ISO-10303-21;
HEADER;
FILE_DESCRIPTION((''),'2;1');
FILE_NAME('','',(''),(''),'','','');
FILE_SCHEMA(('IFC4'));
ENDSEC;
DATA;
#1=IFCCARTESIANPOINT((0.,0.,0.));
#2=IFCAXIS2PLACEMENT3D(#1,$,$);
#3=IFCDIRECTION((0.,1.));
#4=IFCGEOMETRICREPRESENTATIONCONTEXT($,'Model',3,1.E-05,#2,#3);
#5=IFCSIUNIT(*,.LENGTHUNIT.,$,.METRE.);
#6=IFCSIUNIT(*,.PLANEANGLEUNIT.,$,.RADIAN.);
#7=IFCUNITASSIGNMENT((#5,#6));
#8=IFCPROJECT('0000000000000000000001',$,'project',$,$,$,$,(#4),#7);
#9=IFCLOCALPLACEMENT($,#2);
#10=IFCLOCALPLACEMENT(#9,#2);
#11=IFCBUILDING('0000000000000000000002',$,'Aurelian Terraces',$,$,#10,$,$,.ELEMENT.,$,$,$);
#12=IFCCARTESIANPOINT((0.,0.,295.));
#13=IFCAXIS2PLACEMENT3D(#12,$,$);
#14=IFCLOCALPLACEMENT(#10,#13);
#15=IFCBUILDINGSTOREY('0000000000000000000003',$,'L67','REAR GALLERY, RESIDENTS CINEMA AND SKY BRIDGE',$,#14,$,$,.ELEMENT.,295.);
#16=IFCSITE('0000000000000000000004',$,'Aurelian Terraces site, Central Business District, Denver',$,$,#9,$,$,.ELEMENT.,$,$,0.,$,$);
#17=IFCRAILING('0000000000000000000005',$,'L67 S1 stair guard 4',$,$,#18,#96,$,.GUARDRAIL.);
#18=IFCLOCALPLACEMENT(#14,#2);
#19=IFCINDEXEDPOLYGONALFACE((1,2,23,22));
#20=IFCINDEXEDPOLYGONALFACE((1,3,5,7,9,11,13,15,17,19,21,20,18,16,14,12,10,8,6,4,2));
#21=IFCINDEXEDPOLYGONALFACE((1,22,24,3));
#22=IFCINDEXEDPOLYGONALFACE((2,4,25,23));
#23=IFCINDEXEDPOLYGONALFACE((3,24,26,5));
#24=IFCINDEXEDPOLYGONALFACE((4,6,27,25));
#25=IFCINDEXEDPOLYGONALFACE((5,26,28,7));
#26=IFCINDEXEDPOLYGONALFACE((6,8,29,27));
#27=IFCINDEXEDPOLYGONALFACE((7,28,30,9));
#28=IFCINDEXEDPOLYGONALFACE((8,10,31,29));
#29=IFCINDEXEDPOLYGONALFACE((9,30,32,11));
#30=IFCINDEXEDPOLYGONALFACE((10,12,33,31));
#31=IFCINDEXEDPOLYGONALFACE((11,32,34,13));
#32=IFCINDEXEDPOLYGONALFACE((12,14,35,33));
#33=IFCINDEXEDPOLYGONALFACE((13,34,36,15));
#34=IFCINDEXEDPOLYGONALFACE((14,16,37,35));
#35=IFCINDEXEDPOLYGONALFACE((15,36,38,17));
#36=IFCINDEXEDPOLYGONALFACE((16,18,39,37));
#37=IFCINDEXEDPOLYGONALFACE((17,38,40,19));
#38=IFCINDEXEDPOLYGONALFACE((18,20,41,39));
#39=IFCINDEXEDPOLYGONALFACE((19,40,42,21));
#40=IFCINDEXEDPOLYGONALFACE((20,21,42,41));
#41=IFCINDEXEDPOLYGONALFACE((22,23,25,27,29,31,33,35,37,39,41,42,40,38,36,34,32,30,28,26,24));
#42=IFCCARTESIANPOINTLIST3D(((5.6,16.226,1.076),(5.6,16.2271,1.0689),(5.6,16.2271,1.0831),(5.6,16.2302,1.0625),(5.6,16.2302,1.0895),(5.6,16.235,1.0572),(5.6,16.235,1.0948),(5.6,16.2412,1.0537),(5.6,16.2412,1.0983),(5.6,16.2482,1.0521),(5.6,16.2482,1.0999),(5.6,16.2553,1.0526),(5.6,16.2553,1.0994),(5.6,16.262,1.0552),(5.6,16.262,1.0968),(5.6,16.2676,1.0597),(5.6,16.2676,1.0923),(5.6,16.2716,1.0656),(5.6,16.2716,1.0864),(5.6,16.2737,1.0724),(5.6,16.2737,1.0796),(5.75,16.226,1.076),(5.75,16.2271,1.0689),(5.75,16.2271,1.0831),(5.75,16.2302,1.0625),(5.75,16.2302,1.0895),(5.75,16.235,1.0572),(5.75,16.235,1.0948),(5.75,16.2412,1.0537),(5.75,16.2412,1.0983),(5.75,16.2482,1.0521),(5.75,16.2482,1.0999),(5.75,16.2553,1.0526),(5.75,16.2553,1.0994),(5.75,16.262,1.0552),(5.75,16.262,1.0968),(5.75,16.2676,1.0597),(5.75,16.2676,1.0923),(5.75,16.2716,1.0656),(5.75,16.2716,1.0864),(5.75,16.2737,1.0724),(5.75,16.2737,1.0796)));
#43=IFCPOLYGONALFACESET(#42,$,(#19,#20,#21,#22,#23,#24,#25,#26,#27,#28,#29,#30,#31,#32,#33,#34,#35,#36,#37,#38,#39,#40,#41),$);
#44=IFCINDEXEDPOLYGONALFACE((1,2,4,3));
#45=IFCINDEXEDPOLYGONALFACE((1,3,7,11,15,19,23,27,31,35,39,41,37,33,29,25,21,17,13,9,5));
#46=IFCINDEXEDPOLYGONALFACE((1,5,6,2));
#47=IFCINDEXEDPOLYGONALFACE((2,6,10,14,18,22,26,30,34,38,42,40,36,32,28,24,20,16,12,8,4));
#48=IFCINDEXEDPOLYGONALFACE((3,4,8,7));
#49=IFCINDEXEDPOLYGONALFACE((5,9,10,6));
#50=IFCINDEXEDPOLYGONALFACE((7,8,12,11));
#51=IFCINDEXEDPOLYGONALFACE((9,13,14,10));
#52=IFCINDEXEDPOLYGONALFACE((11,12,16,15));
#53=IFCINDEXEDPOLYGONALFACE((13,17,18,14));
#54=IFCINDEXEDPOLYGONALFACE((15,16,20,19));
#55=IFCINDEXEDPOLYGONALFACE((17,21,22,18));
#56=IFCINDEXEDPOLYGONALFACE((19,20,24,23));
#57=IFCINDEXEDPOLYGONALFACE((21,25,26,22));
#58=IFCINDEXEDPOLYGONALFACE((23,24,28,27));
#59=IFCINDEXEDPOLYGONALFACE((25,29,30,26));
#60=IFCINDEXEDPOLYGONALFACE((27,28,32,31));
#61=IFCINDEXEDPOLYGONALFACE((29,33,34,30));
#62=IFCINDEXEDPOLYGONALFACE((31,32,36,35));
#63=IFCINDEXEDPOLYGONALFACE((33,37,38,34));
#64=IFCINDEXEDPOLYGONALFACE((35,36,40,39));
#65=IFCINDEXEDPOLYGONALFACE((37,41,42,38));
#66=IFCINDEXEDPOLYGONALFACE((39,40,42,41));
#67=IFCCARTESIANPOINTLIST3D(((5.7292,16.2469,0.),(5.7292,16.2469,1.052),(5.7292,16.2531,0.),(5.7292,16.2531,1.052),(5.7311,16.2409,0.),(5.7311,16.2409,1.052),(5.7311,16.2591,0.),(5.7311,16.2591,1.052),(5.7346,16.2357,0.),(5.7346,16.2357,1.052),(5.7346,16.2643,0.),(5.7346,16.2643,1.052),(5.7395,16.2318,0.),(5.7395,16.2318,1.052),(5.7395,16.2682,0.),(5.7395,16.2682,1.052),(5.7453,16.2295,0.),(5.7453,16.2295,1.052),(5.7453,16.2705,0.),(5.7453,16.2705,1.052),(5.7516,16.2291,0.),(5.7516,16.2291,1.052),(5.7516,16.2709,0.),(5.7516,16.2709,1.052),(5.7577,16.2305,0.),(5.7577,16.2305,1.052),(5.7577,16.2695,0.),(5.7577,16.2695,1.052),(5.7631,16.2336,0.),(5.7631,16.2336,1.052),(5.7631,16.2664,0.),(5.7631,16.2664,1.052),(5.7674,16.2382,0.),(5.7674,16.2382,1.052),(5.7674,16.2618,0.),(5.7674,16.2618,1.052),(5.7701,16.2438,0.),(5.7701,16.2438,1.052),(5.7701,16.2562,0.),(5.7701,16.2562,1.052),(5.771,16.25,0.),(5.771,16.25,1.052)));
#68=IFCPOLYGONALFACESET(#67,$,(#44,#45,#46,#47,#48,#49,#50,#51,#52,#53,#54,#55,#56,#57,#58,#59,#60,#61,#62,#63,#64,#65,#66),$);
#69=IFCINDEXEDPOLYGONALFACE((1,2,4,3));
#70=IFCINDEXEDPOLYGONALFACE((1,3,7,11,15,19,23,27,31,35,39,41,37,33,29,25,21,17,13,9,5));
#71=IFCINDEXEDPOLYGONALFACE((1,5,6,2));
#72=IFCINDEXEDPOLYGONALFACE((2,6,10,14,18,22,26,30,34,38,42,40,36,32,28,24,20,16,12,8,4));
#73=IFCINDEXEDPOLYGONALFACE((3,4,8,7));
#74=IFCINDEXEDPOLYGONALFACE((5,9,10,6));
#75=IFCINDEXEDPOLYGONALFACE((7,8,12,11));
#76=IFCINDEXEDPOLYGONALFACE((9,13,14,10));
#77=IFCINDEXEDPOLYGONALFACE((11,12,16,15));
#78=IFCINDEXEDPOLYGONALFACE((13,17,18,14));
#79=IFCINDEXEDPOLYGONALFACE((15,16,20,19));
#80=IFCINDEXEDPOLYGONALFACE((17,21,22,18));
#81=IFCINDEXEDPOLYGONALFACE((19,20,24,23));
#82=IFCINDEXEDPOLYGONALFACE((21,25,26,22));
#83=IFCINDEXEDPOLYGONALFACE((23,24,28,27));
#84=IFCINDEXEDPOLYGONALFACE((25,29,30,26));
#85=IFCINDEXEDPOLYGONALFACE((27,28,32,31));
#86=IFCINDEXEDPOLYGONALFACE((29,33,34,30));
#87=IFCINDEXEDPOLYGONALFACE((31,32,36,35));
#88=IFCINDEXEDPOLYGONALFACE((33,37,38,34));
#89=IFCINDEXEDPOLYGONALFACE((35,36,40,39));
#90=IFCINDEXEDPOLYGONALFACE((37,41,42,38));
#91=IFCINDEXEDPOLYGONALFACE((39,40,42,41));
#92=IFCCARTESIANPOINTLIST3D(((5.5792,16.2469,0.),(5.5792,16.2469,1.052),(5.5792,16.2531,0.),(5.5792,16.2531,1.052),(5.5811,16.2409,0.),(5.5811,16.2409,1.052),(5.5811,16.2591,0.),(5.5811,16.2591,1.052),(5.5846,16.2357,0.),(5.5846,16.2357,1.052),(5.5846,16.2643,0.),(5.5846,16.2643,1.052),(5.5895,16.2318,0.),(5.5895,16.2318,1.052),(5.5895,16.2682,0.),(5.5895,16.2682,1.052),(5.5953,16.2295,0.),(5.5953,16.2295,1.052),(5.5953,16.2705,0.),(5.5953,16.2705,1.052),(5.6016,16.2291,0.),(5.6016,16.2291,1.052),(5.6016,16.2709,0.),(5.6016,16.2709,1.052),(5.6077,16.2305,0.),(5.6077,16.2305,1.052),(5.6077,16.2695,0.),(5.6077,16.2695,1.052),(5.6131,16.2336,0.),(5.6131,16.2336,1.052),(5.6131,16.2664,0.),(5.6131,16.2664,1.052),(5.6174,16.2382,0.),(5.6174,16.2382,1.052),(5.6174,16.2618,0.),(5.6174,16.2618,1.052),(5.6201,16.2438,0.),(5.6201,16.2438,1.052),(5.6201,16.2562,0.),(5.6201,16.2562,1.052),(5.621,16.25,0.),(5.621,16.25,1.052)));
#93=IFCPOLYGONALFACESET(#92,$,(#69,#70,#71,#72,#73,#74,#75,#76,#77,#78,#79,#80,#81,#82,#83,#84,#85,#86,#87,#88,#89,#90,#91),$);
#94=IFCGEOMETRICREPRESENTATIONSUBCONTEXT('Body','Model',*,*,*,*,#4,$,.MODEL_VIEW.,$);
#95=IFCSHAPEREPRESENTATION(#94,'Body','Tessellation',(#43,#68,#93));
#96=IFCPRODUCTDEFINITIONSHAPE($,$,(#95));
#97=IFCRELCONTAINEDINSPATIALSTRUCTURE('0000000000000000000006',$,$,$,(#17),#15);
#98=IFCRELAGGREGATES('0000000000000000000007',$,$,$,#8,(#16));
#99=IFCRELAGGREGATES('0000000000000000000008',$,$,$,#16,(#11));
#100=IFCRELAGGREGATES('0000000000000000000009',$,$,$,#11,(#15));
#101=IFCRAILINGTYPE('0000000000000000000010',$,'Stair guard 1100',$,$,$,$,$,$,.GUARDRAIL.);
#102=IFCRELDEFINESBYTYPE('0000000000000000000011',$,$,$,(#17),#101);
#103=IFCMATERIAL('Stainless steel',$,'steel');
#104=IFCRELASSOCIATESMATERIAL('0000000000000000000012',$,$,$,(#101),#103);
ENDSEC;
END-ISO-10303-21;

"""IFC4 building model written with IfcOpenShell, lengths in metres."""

from ifc_helpers import new_model, si_unit, direction, frame, origin, origin_2d, place, context, subcontext, project, spatial, circle, extrude, source, transform, mapped, material, type_object, element, save


model = new_model("IFC4")

# Units and contexts
model_context = context("Model", 3, precision=1e-05, world=origin(), true_north=direction((0.0, 1.0)))
body_context = subcontext(model_context, "Body", "Model", "MODEL_VIEW")
ifc_project = project(units=[si_unit("LENGTHUNIT", "METRE"), si_unit("PLANEANGLEUNIT", "RADIAN")], contexts=[model_context])

# Site, building, storey
site_placement = place(None, origin())
site = spatial("IfcSite", under=ifc_project, at=site_placement, Name="Aurelian Terraces site, Central Business District, Denver", CompositionType="ELEMENT", RefElevation=0.0)
building_placement = place(site_placement, origin())
building = spatial("IfcBuilding", under=site, at=building_placement, Name="Aurelian Terraces", CompositionType="ELEMENT")
storey_placement = place(building_placement, frame((0.0, 0.0, 295.0)))
storey = spatial("IfcBuildingStorey", under=building, at=storey_placement, Name="L67", Description="REAR GALLERY, RESIDENTS CINEMA AND SKY BRIDGE", CompositionType="ELEMENT", Elevation=295.0)

# Shared definitions
ifc_material_1 = material(Name="Stainless steel", Category="steel")

# Railing
railing_type = type_object("IfcRailingType", Name="Stair guard 1100", PredefinedType="GUARDRAIL", material=ifc_material_1)
shared_shape_1 = source(origin(), body_context, "Body", "SweptSolid", [
    extrude(circle(Radius=0.024, at=origin_2d()), frame((0.0, 0.0, 1.076), z_axis=(-1.0, 0.0, 0.0), x_axis=(0.0, -1.0, 0.0)), (0.0, 0.0, 1.0), 0.15),
    extrude(circle(Radius=0.021, at=origin_2d()), origin(), (0.0, 0.0, 1.0), 1.052),
    extrude(circle(Radius=0.021, at=origin_2d()), frame((-0.15, 0.0, 0.0)), (0.0, 0.0, 1.0), 1.052),
])
railing_placement = place(storey_placement, frame((5.75, 16.25, 0.0)))
element("IfcRailing", 1, at=railing_placement, inside=storey, type_object=railing_type, Name="L67 S1 stair guard 4", PredefinedType="GUARDRAIL", context=body_context, shape_type="MappedRepresentation", body=[
    mapped(shared_shape_1, transform((0.0, 0.0, 0.0), scale=1.0)),
])

save(model, "model.ifc")
